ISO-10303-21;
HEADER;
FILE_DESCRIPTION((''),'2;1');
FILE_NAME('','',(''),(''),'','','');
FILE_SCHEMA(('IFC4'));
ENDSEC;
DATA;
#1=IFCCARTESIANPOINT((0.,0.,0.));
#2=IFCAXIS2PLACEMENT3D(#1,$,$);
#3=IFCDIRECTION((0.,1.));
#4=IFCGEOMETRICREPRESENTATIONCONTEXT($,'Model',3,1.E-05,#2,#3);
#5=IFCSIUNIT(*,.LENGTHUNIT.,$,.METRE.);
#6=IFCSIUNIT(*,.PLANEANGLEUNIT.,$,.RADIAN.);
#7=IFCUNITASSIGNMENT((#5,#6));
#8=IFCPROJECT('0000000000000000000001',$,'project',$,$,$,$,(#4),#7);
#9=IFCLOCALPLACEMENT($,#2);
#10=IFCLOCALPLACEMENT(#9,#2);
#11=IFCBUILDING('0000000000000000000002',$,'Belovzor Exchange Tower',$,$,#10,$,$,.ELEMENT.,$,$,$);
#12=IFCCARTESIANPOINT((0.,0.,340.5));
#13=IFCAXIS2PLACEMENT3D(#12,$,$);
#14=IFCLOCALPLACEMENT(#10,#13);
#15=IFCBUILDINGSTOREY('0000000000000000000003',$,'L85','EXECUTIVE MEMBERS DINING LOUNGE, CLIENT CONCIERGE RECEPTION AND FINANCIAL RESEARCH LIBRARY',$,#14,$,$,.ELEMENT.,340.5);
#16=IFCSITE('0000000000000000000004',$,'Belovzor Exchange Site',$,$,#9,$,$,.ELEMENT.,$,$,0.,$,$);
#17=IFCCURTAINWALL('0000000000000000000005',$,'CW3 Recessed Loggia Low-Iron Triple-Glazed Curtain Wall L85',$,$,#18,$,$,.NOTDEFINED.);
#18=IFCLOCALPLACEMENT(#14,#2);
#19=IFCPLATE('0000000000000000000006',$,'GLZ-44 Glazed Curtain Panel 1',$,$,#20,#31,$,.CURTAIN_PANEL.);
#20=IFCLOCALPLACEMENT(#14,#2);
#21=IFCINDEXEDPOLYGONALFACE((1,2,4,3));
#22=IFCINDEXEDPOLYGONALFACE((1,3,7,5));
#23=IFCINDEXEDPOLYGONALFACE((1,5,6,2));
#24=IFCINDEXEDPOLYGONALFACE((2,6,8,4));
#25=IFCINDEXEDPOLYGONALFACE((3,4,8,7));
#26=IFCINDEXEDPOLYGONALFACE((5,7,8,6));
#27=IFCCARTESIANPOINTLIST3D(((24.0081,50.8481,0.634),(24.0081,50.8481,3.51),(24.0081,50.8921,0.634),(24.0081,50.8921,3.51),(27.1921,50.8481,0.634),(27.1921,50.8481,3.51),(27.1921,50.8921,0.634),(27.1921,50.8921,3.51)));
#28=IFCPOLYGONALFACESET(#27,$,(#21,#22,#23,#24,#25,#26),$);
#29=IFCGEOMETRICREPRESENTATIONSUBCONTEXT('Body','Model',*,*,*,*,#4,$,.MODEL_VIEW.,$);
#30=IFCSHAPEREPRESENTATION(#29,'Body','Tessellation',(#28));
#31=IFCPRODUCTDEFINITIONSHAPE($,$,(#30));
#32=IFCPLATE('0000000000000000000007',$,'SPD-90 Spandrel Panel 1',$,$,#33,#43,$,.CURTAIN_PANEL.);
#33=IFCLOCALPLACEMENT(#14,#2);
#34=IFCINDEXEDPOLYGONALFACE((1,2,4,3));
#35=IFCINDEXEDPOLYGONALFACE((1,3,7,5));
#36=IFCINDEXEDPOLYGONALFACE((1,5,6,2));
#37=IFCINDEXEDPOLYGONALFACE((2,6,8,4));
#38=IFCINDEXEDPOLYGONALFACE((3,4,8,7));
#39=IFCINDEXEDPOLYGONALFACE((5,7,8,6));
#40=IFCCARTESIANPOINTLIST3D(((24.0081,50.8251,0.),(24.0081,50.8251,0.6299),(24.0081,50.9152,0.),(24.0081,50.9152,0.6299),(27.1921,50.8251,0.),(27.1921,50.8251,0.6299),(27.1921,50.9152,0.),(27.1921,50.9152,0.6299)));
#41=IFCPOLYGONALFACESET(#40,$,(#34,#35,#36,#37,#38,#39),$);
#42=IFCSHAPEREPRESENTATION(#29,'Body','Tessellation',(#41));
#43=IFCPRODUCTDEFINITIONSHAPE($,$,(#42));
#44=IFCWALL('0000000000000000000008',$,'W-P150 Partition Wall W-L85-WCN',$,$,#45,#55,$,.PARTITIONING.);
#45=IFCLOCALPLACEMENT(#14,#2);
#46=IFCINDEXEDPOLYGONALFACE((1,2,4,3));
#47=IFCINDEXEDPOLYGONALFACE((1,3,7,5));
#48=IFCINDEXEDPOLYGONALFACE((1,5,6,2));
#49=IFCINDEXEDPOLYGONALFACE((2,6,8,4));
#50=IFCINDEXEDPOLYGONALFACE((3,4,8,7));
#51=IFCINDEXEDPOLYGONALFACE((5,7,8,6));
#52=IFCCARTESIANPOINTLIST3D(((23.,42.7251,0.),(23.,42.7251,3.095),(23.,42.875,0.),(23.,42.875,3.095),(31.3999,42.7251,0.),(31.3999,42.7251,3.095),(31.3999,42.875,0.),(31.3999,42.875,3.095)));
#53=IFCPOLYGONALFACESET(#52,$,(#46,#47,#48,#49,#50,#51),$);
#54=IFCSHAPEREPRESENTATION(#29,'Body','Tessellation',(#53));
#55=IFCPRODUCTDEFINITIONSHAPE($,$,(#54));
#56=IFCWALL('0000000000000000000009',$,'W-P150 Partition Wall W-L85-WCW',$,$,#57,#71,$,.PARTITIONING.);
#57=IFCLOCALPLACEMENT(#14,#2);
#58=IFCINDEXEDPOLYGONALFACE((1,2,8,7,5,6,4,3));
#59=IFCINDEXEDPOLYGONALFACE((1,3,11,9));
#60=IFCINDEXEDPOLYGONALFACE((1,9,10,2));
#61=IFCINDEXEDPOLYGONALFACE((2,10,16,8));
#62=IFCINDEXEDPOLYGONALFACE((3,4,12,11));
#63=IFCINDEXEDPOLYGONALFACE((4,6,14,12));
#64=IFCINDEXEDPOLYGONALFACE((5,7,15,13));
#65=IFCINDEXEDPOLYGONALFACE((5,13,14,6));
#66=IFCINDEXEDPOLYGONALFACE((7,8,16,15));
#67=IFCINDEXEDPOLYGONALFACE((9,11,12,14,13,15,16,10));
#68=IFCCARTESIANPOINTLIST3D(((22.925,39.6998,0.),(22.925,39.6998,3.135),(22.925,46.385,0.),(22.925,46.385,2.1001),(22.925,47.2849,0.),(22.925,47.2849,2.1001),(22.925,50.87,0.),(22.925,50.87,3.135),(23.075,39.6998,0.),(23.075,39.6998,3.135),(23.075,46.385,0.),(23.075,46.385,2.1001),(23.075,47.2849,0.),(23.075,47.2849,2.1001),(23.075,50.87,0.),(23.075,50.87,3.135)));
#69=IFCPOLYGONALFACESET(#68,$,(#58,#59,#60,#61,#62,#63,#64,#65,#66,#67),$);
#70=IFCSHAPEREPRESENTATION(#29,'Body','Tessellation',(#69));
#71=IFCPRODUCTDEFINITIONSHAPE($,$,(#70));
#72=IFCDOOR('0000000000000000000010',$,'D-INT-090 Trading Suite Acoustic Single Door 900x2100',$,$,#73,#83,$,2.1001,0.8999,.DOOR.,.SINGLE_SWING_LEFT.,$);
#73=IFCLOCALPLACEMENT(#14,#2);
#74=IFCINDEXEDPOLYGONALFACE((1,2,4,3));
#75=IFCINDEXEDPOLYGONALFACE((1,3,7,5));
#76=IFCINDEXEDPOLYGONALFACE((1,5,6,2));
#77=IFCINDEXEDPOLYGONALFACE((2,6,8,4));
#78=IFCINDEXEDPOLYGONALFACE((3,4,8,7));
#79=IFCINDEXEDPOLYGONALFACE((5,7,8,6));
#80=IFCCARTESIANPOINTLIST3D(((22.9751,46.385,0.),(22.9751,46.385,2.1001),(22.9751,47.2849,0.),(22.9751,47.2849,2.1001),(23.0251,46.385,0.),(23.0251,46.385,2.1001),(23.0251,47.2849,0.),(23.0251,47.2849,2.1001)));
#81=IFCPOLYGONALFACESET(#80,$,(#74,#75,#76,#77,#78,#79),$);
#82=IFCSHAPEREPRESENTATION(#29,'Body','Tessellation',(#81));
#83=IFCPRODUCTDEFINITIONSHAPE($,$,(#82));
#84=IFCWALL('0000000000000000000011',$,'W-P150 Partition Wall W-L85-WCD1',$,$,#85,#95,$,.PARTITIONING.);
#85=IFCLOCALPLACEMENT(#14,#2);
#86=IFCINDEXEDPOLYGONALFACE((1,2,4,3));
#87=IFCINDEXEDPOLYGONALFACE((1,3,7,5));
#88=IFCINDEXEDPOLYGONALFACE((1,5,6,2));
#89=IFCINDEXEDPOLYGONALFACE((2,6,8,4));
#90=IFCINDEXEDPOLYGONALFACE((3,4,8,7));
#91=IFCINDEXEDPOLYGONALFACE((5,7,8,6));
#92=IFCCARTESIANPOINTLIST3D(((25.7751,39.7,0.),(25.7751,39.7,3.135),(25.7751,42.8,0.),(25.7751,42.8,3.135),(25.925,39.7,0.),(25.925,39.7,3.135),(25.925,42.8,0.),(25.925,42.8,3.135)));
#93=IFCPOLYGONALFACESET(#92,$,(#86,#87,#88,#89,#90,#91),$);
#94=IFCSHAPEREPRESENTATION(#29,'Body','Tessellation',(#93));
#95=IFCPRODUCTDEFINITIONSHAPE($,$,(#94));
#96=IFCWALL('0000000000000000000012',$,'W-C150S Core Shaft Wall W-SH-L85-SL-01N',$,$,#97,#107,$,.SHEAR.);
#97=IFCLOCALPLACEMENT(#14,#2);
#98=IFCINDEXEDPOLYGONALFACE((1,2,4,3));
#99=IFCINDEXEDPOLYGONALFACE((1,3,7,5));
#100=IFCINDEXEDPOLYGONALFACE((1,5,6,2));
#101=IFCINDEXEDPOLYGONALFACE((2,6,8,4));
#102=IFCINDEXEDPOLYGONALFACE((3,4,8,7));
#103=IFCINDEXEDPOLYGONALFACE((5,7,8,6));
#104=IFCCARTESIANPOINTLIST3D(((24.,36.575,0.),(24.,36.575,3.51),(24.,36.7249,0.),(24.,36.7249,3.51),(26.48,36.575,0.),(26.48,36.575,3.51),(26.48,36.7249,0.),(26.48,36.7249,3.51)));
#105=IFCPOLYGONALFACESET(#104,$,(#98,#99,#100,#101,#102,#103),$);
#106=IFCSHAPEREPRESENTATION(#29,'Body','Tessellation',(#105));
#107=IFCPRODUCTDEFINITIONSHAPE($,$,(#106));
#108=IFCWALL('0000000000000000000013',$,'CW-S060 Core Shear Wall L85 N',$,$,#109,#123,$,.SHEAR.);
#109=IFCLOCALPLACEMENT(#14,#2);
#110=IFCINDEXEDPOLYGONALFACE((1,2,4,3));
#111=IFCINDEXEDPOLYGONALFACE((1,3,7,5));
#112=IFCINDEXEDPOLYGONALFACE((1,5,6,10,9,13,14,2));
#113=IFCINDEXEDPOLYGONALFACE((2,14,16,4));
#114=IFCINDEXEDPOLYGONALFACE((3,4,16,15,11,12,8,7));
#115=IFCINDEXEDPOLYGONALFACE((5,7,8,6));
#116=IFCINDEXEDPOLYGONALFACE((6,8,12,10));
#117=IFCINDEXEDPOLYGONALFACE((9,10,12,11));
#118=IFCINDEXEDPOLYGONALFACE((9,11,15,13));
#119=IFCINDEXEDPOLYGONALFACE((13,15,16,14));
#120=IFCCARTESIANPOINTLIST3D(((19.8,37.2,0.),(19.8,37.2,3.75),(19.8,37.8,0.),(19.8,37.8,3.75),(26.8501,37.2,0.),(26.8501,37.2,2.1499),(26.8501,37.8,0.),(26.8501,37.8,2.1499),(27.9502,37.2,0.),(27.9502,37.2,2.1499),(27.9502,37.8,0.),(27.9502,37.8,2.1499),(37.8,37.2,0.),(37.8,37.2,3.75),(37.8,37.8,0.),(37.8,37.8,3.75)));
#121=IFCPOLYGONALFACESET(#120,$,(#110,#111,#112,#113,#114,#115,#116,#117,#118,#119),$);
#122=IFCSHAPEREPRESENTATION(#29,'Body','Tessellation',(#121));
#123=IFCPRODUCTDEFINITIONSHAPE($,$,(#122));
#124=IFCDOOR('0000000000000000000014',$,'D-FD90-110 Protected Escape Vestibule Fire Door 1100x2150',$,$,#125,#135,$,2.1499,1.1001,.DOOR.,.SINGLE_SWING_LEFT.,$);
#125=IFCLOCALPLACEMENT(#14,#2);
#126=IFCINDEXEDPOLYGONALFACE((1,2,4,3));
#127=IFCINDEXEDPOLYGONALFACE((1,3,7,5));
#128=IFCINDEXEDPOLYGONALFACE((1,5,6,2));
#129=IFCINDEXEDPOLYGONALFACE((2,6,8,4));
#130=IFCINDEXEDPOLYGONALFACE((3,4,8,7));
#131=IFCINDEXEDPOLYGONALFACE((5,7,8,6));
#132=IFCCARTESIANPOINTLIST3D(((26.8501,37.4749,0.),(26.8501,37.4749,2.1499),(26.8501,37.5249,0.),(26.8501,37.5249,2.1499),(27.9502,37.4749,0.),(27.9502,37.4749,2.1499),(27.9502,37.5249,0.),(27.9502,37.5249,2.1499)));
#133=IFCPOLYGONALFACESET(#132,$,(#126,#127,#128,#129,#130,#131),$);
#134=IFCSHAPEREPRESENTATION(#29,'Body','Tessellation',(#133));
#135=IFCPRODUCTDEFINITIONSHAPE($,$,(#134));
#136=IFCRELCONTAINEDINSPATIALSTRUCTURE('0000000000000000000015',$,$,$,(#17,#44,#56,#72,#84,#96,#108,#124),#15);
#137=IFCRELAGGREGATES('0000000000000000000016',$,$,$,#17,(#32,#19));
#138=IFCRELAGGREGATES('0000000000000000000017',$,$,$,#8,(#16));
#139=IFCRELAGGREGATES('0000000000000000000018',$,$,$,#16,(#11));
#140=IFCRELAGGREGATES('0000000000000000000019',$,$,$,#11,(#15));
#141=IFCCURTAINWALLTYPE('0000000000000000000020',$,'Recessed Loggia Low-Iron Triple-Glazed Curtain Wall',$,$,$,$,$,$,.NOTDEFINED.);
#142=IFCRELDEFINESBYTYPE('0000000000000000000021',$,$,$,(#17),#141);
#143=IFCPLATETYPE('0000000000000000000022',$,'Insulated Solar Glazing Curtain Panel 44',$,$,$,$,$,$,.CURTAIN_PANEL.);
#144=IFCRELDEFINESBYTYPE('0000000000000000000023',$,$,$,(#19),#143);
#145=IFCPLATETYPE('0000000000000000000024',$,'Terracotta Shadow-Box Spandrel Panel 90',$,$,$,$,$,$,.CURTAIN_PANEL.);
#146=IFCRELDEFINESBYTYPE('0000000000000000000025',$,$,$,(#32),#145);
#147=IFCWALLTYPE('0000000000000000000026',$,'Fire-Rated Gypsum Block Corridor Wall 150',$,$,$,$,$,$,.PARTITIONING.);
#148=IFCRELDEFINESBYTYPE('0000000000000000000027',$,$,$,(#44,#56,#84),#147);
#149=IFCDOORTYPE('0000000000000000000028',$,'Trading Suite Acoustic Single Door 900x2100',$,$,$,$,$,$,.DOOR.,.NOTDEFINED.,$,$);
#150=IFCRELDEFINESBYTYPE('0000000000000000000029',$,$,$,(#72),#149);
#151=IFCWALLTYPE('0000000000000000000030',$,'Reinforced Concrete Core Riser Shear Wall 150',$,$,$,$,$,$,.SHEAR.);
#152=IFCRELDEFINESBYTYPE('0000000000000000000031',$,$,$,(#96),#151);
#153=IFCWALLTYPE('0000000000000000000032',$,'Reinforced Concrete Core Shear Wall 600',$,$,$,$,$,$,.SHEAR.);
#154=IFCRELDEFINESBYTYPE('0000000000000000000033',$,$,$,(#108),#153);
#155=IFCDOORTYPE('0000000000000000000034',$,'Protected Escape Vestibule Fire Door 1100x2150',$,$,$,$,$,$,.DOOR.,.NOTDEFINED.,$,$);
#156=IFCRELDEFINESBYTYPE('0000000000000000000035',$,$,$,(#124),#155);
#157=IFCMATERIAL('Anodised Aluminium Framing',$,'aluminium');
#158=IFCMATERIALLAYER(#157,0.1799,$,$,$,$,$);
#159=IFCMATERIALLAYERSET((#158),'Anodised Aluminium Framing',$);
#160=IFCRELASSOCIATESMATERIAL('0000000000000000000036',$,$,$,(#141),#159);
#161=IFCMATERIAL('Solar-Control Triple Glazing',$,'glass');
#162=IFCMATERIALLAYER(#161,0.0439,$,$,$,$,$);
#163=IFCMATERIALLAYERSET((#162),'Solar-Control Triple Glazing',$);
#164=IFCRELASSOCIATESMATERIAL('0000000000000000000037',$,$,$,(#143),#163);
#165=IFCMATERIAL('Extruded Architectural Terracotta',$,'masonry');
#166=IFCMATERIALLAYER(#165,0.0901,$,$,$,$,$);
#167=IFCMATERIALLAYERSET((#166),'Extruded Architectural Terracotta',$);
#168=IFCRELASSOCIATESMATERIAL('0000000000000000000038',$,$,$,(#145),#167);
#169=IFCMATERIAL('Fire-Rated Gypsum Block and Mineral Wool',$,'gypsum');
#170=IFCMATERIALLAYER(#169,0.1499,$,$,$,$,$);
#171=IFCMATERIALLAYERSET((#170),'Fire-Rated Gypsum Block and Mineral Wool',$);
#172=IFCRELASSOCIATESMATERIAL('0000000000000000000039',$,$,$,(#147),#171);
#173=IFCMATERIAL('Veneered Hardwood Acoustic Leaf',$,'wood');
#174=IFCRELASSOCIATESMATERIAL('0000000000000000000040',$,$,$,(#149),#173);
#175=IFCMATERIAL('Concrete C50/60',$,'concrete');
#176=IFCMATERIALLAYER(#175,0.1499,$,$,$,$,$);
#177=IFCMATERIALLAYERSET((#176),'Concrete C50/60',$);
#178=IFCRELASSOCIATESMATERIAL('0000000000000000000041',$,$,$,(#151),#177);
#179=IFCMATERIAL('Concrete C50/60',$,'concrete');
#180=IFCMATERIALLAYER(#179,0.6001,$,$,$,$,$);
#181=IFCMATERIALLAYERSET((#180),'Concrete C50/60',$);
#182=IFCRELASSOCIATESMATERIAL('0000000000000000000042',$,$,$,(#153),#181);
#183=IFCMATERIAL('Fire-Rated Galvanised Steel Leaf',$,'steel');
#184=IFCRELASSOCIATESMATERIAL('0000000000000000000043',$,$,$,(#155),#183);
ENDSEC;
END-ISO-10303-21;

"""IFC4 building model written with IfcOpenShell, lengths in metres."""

from ifc_helpers import new_model, si_unit, direction, frame, frame_2d, origin, origin_2d, place, context, subcontext, project, spatial, rectangle, extrude, material, layer, layer_set, type_object, element, fill, aggregate, save


model = new_model("IFC4")

# Units and contexts
model_context = context("Model", 3, precision=1e-05, world=origin(), true_north=direction((0.0, 1.0)))
body_context = subcontext(model_context, "Body", "Model", "MODEL_VIEW")
ifc_project = project(units=[si_unit("LENGTHUNIT", "METRE"), si_unit("PLANEANGLEUNIT", "RADIAN")], contexts=[model_context])

# Site, building, storey
site_placement = place(None, origin())
site = spatial("IfcSite", under=ifc_project, at=site_placement, Name="Belovzor Exchange Site", CompositionType="ELEMENT", RefElevation=0.0)
building_placement = place(site_placement, origin())
building = spatial("IfcBuilding", under=site, at=building_placement, Name="Belovzor Exchange Tower", CompositionType="ELEMENT")
storey_placement = place(building_placement, frame((0.0, 0.0, 340.5)))
storey = spatial("IfcBuildingStorey", under=building, at=storey_placement, Name="L85", Description="EXECUTIVE MEMBERS DINING LOUNGE, CLIENT CONCIERGE RECEPTION AND FINANCIAL RESEARCH LIBRARY", CompositionType="ELEMENT", Elevation=340.5)

# Curtain wall
ifc_material_1 = material(Name="Anodised Aluminium Framing", Category="aluminium")
ifc_layer_1 = layer(ifc_material_1, 0.1799)
ifc_layer_set_1 = layer_set([ifc_layer_1], Name="Anodised Aluminium Framing")
curtain_wall_type = type_object("IfcCurtainWallType", Name="Recessed Loggia Low-Iron Triple-Glazed Curtain Wall", PredefinedType="NOTDEFINED", material=ifc_layer_set_1)
curtain_wall_placement = place(storey_placement, origin())
curtain_wall = element("IfcCurtainWall", 1, at=curtain_wall_placement, inside=storey, type_object=curtain_wall_type, Name="CW3 Recessed Loggia Low-Iron Triple-Glazed Curtain Wall L85", PredefinedType="NOTDEFINED")

# Plates
ifc_material_2 = material(Name="Solar-Control Triple Glazing", Category="glass")
ifc_layer_2 = layer(ifc_material_2, 0.0439)
ifc_layer_set_2 = layer_set([ifc_layer_2], Name="Solar-Control Triple Glazing")
plate_type_1 = type_object("IfcPlateType", Name="Insulated Solar Glazing Curtain Panel 44", PredefinedType="CURTAIN_PANEL", material=ifc_layer_set_2)
plate_1_placement = place(storey_placement, frame((25.6001, 50.8701, 0.634), z_axis=(0.0, 0.0, 1.0), x_axis=(1.0, 0.0, 0.0)))
plate_1 = element("IfcPlate", 2, at=plate_1_placement, type_object=plate_type_1, Name="GLZ-44 Glazed Curtain Panel 1", PredefinedType="CURTAIN_PANEL", context=body_context, shape_type="SweptSolid", body=[
    extrude(rectangle(XDim=3.1841, YDim=0.0439, at=origin_2d()), origin(), (0.0, 0.0, 1.0), 2.876),
])
ifc_material_3 = material(Name="Extruded Architectural Terracotta", Category="masonry")
ifc_layer_3 = layer(ifc_material_3, 0.0901)
ifc_layer_set_3 = layer_set([ifc_layer_3], Name="Extruded Architectural Terracotta")
plate_type_2 = type_object("IfcPlateType", Name="Terracotta Shadow-Box Spandrel Panel 90", PredefinedType="CURTAIN_PANEL", material=ifc_layer_set_3)
plate_2_placement = place(storey_placement, frame((25.6001, 50.8701, 0.0), z_axis=(0.0, 0.0, 1.0), x_axis=(1.0, 0.0, 0.0)))
plate_2 = element("IfcPlate", 3, at=plate_2_placement, type_object=plate_type_2, Name="SPD-90 Spandrel Panel 1", PredefinedType="CURTAIN_PANEL", context=body_context, shape_type="SweptSolid", body=[
    extrude(rectangle(XDim=3.1841, YDim=0.0901, at=origin_2d()), origin(), (0.0, 0.0, 1.0), 0.6299),
])
aggregate(curtain_wall, [plate_2, plate_1])

# Wall
ifc_material_4 = material(Name="Fire-Rated Gypsum Block and Mineral Wool", Category="gypsum")
ifc_layer_4 = layer(ifc_material_4, 0.1499)
ifc_layer_set_4 = layer_set([ifc_layer_4], Name="Fire-Rated Gypsum Block and Mineral Wool")
wall_type_1 = type_object("IfcWallType", Name="Fire-Rated Gypsum Block Corridor Wall 150", PredefinedType="PARTITIONING", material=ifc_layer_set_4)
wall_1_placement = place(storey_placement, frame((23.0, 42.8, 0.0), z_axis=(0.0, 0.0, 1.0), x_axis=(1.0, 0.0, 0.0)))
element("IfcWall", 4, at=wall_1_placement, inside=storey, type_object=wall_type_1, Name="W-P150 Partition Wall W-L85-WCN", PredefinedType="PARTITIONING", context=body_context, shape_type="SweptSolid", body=[
    extrude(rectangle(XDim=8.3999, YDim=0.1499, at=frame_2d((4.2, 0.0))), origin(), (0.0, 0.0, 1.0), 3.095),
])

# Wall, opening, door
wall_2_placement = place(storey_placement, frame((23.0, 39.7, 0.0), z_axis=(0.0, 0.0, 1.0), x_axis=(0.0, 1.0, 0.0)))
wall_2 = element("IfcWall", 5, at=wall_2_placement, inside=storey, type_object=wall_type_1, Name="W-P150 Partition Wall W-L85-WCW", PredefinedType="PARTITIONING", context=body_context, shape_type="SweptSolid", body=[
    extrude(rectangle(XDim=11.1702, YDim=0.1499, at=frame_2d((5.585, 0.0))), origin(), (0.0, 0.0, 1.0), 3.135),
])
opening_1_placement = place(wall_2_placement, frame((6.6851, 0.0, 0.0)))
opening_1 = element("IfcOpeningElement", 6, at=opening_1_placement, cuts=wall_2, PredefinedType="OPENING", context=body_context, shape_type="SweptSolid", body=[
    extrude(rectangle(XDim=0.8999, YDim=2.1001, at=frame_2d((0.45, 1.05))), frame((0.0, 0.085, 0.0), z_axis=(0.0, -1.0, 0.0), x_axis=(1.0, 0.0, 0.0)), (0.0, 0.0, 1.0), 0.1699),
])
ifc_material_5 = material(Name="Veneered Hardwood Acoustic Leaf", Category="wood")
door_type_1 = type_object("IfcDoorType", Name="Trading Suite Acoustic Single Door 900x2100", OperationType="NOTDEFINED", PredefinedType="DOOR", material=ifc_material_5)
door_1_placement = place(opening_1_placement, origin())
door_1 = element("IfcDoor", 7, at=door_1_placement, inside=storey, type_object=door_type_1, Name="D-INT-090 Trading Suite Acoustic Single Door 900x2100", OperationType="SINGLE_SWING_LEFT", OverallHeight=2.1001, OverallWidth=0.8999, PredefinedType="DOOR", context=body_context, shape_type="SweptSolid", body=[
    extrude(rectangle(XDim=0.8999, YDim=2.1001, at=frame_2d((0.45, 1.05))), frame((0.0, 0.0249, 0.0), z_axis=(0.0, -1.0, 0.0), x_axis=(1.0, 0.0, 0.0)), (0.0, 0.0, 1.0), 0.05),
])
fill(opening_1, door_1)

# Walls
wall_3_placement = place(storey_placement, frame((25.8501, 39.7, 0.0), z_axis=(0.0, 0.0, 1.0), x_axis=(0.0, 1.0, 0.0)))
element("IfcWall", 8, at=wall_3_placement, inside=storey, type_object=wall_type_1, Name="W-P150 Partition Wall W-L85-WCD1", PredefinedType="PARTITIONING", context=body_context, shape_type="SweptSolid", body=[
    extrude(rectangle(XDim=3.1001, YDim=0.1499, at=frame_2d((1.55, 0.0))), origin(), (0.0, 0.0, 1.0), 3.135),
])
ifc_material_6 = material(Name="Concrete C50/60", Category="concrete")
ifc_layer_5 = layer(ifc_material_6, 0.1499)
ifc_layer_set_5 = layer_set([ifc_layer_5], Name="Concrete C50/60")
wall_type_2 = type_object("IfcWallType", Name="Reinforced Concrete Core Riser Shear Wall 150", PredefinedType="SHEAR", material=ifc_layer_set_5)
wall_4_placement = place(storey_placement, frame((24.0, 36.6499, 0.0), z_axis=(0.0, 0.0, 1.0), x_axis=(1.0, 0.0, 0.0)))
element("IfcWall", 9, at=wall_4_placement, inside=storey, type_object=wall_type_2, Name="W-C150S Core Shaft Wall W-SH-L85-SL-01N", PredefinedType="SHEAR", context=body_context, shape_type="SweptSolid", body=[
    extrude(rectangle(XDim=2.48, YDim=0.1499, at=frame_2d((1.24, 0.0))), origin(), (0.0, 0.0, 1.0), 3.51),
])

# Wall, opening, door
ifc_material_7 = material(Name="Concrete C50/60", Category="concrete")
ifc_layer_6 = layer(ifc_material_7, 0.6001)
ifc_layer_set_6 = layer_set([ifc_layer_6], Name="Concrete C50/60")
wall_type_3 = type_object("IfcWallType", Name="Reinforced Concrete Core Shear Wall 600", PredefinedType="SHEAR", material=ifc_layer_set_6)
wall_5_placement = place(storey_placement, frame((19.8, 37.5, 0.0), z_axis=(0.0, 0.0, 1.0), x_axis=(1.0, 0.0, 0.0)))
wall_5 = element("IfcWall", 10, at=wall_5_placement, inside=storey, type_object=wall_type_3, Name="CW-S060 Core Shear Wall L85 N", PredefinedType="SHEAR", context=body_context, shape_type="SweptSolid", body=[
    extrude(rectangle(XDim=18.0, YDim=0.6001, at=frame_2d((9.0, 0.0))), origin(), (0.0, 0.0, 1.0), 3.75),
])
opening_2_placement = place(wall_5_placement, frame((7.05, 0.0, 0.0)))
opening_2 = element("IfcOpeningElement", 11, at=opening_2_placement, cuts=wall_5, PredefinedType="OPENING", context=body_context, shape_type="SweptSolid", body=[
    extrude(rectangle(XDim=1.1001, YDim=2.1499, at=frame_2d((0.55, 1.075))), frame((0.0, 0.3101, 0.0), z_axis=(0.0, -1.0, 0.0), x_axis=(1.0, 0.0, 0.0)), (0.0, 0.0, 1.0), 0.6201),
])
ifc_material_8 = material(Name="Fire-Rated Galvanised Steel Leaf", Category="steel")
door_type_2 = type_object("IfcDoorType", Name="Protected Escape Vestibule Fire Door 1100x2150", OperationType="NOTDEFINED", PredefinedType="DOOR", material=ifc_material_8)
door_2_placement = place(opening_2_placement, origin())
door_2 = element("IfcDoor", 12, at=door_2_placement, inside=storey, type_object=door_type_2, Name="D-FD90-110 Protected Escape Vestibule Fire Door 1100x2150", OperationType="SINGLE_SWING_LEFT", OverallHeight=2.1499, OverallWidth=1.1001, PredefinedType="DOOR", context=body_context, shape_type="SweptSolid", body=[
    extrude(rectangle(XDim=1.1001, YDim=2.1499, at=frame_2d((0.55, 1.075))), frame((0.0, 0.0249, 0.0), z_axis=(0.0, -1.0, 0.0), x_axis=(1.0, 0.0, 0.0)), (0.0, 0.0, 1.0), 0.05),
])
fill(opening_2, door_2)

save(model, "model.ifc")
